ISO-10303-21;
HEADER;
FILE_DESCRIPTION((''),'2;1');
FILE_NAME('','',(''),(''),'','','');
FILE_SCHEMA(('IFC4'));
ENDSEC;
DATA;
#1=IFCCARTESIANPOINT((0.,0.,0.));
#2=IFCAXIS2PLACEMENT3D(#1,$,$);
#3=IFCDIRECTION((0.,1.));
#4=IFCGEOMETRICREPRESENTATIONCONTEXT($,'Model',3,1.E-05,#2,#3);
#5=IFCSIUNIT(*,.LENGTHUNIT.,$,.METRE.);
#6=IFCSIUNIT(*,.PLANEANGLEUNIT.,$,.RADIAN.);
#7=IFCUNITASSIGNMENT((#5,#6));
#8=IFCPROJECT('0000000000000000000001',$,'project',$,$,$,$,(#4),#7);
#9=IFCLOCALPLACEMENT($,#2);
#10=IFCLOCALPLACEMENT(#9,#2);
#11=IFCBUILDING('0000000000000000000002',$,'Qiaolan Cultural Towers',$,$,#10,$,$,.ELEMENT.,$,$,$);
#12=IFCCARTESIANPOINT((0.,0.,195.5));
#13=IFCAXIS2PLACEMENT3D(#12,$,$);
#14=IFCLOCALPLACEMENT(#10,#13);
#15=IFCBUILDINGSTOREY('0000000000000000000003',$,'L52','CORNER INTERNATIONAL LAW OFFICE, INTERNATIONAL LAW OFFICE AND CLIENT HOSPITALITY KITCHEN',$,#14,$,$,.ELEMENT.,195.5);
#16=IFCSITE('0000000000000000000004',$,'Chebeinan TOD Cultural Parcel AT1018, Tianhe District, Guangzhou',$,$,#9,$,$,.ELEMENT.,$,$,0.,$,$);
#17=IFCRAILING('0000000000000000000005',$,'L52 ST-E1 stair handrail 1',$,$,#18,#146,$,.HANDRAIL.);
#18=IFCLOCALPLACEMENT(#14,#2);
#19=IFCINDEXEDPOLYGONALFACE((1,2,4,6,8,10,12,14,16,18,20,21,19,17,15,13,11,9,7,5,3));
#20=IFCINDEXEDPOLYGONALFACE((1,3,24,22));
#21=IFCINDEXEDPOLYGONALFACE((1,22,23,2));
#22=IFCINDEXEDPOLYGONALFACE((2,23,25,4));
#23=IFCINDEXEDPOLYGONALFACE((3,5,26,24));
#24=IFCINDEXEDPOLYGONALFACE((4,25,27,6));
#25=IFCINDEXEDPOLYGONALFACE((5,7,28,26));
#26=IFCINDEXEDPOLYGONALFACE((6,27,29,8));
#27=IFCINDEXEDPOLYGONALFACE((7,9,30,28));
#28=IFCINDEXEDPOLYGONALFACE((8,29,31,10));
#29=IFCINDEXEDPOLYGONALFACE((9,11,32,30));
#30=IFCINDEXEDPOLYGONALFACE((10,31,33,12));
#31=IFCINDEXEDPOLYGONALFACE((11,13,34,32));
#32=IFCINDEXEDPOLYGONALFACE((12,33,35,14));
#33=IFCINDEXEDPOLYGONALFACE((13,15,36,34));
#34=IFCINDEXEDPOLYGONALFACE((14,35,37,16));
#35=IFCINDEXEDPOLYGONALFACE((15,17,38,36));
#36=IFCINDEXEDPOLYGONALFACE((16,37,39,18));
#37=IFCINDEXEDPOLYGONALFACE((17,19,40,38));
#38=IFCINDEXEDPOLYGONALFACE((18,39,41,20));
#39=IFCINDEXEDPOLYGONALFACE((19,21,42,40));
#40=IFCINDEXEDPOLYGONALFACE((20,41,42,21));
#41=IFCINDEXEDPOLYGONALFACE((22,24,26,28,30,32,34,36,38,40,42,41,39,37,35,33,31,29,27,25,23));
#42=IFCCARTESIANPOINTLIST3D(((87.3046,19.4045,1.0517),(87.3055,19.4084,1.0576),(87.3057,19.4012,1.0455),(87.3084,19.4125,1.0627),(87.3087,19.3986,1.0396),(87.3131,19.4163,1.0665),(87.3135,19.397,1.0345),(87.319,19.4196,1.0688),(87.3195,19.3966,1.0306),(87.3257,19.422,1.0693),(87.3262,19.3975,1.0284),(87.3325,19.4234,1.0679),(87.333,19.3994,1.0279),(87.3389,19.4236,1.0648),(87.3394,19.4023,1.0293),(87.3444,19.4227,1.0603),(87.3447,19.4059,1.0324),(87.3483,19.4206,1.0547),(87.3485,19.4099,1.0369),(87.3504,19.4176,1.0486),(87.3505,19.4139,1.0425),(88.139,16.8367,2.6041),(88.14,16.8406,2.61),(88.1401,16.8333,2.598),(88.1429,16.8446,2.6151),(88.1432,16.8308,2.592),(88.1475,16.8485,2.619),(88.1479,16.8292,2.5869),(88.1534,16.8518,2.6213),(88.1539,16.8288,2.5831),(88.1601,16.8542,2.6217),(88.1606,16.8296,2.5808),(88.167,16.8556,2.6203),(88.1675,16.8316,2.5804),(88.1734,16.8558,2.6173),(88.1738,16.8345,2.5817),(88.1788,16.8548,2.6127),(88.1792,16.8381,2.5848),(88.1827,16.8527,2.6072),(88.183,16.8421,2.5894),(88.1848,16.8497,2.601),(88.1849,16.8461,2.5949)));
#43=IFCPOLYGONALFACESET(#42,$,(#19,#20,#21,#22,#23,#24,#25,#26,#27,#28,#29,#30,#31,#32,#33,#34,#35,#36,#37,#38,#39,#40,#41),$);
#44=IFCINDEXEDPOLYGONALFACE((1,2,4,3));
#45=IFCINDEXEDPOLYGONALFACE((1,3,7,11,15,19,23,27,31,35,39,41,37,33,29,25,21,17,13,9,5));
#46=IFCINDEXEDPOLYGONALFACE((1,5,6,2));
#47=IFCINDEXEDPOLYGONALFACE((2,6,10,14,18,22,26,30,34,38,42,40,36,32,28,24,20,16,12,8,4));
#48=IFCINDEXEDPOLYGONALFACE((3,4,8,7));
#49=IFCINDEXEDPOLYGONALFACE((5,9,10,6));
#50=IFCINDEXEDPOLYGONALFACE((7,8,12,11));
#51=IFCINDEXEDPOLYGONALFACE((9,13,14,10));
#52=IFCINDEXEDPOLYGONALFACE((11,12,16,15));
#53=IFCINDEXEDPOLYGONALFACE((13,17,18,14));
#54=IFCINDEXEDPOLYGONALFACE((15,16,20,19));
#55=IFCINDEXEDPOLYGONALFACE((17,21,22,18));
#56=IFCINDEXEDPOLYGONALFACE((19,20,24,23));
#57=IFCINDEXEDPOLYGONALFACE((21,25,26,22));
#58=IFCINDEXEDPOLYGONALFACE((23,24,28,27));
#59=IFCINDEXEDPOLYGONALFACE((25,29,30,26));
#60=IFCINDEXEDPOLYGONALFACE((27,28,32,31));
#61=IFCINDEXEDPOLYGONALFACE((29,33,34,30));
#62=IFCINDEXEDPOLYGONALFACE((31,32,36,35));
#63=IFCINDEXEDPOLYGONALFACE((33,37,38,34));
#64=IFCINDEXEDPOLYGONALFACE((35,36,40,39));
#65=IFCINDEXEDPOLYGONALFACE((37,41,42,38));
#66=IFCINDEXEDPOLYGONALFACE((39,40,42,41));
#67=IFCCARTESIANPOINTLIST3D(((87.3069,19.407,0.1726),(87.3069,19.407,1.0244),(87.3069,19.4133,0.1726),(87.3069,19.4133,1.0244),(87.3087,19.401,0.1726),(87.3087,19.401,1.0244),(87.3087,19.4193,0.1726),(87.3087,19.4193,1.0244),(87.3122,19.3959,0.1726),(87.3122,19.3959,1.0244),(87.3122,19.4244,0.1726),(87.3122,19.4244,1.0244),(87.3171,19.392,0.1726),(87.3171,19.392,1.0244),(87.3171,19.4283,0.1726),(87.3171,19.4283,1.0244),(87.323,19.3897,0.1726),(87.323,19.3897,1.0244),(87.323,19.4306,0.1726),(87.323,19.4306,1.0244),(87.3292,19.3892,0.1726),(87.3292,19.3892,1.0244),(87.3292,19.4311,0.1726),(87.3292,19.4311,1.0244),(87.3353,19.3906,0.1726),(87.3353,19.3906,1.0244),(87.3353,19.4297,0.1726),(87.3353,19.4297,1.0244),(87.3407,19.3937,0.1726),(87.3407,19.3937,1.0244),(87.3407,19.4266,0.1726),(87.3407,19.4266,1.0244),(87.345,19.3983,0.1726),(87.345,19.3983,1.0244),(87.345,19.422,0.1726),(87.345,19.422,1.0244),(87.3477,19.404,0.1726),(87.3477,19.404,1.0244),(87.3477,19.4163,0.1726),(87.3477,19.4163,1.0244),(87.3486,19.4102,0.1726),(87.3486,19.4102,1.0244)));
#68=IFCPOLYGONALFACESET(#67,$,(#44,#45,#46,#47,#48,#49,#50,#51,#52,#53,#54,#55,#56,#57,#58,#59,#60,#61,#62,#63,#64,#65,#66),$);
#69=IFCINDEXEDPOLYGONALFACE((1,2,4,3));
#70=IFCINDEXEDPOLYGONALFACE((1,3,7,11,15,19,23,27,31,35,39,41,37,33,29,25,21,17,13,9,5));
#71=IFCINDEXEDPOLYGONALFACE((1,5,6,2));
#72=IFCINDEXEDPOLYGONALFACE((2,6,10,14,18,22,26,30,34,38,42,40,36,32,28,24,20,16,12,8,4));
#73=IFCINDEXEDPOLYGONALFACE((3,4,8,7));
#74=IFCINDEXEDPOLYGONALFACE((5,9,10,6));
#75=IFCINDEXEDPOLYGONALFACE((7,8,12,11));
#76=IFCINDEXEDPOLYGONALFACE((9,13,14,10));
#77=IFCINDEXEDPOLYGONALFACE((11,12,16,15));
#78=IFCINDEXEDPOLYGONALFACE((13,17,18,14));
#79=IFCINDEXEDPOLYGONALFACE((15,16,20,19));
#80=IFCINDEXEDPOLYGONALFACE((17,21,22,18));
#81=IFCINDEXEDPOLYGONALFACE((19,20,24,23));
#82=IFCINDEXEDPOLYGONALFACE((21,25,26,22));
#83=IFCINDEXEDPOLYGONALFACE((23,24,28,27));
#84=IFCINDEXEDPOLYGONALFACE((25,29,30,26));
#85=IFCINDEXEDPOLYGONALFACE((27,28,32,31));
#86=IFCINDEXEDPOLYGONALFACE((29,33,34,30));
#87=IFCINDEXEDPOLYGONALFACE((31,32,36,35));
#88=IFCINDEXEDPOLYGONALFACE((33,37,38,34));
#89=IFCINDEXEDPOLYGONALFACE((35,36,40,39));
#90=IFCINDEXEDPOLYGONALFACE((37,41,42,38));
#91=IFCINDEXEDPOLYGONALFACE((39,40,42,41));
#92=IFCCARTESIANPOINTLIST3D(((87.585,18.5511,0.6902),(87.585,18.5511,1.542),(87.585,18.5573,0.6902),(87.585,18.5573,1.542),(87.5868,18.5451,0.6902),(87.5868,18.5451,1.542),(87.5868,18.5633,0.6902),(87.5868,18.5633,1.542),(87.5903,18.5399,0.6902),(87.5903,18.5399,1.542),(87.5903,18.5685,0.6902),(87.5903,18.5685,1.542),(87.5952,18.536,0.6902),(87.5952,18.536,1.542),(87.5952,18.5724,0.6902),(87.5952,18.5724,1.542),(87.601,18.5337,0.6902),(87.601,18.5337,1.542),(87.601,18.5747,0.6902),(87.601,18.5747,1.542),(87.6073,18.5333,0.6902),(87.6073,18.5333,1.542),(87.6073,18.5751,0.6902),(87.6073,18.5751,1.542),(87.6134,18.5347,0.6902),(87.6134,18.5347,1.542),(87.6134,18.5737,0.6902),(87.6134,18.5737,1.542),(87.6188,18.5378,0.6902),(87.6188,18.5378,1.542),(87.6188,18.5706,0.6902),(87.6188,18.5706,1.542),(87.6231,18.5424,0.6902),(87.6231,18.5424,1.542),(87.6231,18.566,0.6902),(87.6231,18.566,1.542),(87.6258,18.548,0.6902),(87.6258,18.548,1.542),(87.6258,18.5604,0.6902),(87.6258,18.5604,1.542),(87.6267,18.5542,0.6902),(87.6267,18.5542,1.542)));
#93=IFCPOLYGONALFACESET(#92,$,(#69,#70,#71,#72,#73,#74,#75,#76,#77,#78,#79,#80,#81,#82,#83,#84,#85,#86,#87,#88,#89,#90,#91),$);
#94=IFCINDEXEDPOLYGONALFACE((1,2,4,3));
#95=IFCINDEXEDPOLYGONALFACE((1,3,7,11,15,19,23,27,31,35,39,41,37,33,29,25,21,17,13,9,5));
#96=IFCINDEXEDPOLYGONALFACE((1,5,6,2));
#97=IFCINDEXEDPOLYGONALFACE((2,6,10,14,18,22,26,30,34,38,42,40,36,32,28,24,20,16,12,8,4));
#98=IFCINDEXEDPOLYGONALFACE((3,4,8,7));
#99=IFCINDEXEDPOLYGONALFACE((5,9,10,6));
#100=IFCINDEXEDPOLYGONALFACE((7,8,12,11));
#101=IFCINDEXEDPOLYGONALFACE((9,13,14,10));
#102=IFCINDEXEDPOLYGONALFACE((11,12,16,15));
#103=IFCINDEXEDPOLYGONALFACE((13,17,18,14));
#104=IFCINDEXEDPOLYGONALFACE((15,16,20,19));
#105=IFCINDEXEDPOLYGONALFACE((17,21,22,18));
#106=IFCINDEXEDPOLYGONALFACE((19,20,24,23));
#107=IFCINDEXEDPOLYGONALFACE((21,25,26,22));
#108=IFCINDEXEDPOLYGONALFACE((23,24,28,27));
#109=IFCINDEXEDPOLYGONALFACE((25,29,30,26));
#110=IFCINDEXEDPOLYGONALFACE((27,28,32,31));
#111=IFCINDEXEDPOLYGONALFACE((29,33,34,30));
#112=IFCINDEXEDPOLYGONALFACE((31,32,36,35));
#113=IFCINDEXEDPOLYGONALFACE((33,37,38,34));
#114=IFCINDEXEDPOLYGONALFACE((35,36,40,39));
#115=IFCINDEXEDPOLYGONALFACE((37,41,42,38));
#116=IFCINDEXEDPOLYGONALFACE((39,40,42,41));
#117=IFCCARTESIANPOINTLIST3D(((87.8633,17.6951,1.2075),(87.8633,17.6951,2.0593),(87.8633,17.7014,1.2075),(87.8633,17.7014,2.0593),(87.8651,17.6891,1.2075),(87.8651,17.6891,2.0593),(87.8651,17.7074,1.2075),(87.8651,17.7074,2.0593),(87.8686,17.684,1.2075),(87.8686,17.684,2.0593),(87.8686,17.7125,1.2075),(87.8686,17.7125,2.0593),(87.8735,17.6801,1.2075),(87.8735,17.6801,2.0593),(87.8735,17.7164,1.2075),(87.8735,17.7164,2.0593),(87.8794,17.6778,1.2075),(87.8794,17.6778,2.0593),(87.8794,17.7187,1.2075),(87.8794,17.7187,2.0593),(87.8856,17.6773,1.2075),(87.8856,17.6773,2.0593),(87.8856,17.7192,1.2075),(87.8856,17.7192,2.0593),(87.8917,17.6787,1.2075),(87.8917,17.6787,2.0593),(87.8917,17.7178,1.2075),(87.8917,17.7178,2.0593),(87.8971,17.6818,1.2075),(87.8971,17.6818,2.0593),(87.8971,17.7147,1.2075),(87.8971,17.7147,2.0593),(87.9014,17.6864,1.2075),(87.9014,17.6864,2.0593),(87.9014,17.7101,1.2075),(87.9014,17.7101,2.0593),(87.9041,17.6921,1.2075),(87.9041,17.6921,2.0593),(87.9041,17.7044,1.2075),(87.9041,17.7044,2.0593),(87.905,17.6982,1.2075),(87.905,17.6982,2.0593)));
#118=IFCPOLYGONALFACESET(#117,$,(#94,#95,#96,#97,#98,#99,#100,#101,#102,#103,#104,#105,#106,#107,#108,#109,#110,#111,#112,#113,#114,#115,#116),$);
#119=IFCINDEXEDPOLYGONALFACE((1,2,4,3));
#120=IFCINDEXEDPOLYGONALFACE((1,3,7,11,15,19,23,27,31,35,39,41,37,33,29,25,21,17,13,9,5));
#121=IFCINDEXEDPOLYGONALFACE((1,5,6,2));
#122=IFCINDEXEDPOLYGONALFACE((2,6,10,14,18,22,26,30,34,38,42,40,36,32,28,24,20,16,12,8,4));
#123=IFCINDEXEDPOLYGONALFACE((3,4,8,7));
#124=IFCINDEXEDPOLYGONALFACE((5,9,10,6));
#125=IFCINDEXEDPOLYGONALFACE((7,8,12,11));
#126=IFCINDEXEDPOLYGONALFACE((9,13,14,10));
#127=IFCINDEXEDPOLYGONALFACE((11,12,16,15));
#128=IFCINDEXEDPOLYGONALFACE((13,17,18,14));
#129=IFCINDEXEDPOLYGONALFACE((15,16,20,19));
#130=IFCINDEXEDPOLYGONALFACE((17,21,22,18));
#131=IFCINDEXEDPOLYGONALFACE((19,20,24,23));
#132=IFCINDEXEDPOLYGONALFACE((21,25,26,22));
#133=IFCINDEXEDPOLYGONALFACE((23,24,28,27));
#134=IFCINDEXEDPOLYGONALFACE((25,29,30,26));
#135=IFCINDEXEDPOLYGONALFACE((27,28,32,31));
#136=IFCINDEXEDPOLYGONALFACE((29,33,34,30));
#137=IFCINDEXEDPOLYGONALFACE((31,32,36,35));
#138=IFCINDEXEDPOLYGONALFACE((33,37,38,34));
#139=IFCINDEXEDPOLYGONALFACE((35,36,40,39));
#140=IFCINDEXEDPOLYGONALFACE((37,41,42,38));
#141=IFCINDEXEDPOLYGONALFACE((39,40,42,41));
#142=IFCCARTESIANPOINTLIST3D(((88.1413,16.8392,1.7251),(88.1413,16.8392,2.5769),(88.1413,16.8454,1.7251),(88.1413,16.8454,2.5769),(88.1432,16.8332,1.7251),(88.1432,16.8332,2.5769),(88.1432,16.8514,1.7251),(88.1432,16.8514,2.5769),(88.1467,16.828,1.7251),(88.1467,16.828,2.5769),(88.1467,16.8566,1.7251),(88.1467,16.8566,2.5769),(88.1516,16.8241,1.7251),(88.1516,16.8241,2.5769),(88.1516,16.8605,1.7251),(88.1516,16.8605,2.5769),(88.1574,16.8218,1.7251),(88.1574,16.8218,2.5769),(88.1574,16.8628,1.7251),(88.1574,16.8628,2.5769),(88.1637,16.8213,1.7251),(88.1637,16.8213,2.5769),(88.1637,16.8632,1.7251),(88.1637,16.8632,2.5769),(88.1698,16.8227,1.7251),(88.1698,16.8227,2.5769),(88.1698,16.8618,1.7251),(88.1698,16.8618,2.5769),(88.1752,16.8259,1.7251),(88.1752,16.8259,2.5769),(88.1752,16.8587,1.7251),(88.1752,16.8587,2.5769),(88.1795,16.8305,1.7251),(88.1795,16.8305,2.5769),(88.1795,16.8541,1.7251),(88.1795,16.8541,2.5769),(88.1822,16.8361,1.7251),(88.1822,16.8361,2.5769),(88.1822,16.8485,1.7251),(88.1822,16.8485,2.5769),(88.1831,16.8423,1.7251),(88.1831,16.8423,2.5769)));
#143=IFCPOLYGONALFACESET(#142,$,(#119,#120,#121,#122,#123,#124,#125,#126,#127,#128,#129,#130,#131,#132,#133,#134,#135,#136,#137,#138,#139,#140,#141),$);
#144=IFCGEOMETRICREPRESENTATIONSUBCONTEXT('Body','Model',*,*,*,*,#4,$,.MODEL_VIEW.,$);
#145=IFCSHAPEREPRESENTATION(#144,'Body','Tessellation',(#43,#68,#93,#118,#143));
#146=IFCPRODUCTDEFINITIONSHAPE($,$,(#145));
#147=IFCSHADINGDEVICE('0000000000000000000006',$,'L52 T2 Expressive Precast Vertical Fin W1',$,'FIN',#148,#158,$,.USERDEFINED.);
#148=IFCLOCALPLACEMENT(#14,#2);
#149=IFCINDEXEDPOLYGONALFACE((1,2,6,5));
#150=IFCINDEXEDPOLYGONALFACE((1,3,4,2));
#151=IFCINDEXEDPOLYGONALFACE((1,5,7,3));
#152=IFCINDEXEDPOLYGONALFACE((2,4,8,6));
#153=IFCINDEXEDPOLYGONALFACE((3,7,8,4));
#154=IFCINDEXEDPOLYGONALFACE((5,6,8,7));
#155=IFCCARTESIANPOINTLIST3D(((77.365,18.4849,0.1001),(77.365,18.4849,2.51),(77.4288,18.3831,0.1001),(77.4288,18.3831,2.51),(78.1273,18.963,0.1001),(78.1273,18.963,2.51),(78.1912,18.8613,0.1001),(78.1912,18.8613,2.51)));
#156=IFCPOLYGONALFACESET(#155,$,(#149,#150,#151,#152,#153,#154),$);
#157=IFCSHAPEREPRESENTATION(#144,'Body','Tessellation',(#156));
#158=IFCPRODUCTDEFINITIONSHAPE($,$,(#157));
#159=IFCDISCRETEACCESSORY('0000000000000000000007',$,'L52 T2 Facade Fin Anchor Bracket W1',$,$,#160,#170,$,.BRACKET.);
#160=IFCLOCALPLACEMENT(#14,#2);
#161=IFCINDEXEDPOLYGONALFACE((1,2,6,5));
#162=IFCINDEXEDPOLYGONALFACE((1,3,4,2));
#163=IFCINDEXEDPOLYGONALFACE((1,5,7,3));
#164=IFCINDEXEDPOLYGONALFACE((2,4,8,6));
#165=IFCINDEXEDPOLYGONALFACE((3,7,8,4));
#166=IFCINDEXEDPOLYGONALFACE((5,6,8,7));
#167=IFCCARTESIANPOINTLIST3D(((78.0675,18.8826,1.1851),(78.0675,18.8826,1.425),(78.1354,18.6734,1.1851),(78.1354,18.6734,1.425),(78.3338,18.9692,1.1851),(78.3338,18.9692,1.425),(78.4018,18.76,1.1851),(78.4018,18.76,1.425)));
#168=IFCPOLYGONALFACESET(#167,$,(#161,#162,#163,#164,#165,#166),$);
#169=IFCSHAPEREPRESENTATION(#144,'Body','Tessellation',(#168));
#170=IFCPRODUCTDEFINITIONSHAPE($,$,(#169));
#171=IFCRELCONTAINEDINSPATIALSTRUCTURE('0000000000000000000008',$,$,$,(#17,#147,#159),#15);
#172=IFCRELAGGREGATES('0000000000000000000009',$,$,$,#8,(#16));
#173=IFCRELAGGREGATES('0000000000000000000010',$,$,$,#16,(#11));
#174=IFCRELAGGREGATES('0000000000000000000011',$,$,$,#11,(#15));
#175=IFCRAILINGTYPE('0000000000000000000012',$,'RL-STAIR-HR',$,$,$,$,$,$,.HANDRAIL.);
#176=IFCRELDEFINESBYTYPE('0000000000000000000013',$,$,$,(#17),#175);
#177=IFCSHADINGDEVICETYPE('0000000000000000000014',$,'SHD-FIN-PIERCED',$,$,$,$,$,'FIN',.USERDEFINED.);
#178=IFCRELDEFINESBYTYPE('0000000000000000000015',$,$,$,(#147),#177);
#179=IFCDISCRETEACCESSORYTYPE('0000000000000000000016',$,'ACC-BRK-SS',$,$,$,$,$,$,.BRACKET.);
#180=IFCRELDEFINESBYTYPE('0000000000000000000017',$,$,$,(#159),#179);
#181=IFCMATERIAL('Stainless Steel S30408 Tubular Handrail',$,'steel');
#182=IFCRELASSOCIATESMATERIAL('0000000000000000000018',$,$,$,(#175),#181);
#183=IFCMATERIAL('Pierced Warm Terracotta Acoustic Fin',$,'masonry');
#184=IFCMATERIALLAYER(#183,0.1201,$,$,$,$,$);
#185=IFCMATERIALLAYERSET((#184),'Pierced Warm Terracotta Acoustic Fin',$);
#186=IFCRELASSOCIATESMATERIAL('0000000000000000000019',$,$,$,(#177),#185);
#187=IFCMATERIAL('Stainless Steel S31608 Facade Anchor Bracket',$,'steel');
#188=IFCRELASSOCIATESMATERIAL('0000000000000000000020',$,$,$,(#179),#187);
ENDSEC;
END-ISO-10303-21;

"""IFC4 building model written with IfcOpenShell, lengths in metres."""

from ifc_helpers import new_model, si_unit, direction, frame, origin, origin_2d, place, context, subcontext, project, spatial, rectangle, circle, extrude, material, layer, layer_set, type_object, element, save


model = new_model("IFC4")

# Units and contexts
model_context = context("Model", 3, precision=1e-05, world=origin(), true_north=direction((0.0, 1.0)))
body_context = subcontext(model_context, "Body", "Model", "MODEL_VIEW")
ifc_project = project(units=[si_unit("LENGTHUNIT", "METRE"), si_unit("PLANEANGLEUNIT", "RADIAN")], contexts=[model_context])

# Site, building, storey
site_placement = place(None, origin())
site = spatial("IfcSite", under=ifc_project, at=site_placement, Name="Chebeinan TOD Cultural Parcel AT1018, Tianhe District, Guangzhou", CompositionType="ELEMENT", RefElevation=0.0)
building_placement = place(site_placement, origin())
building = spatial("IfcBuilding", under=site, at=building_placement, Name="Qiaolan Cultural Towers", CompositionType="ELEMENT")
storey_placement = place(building_placement, frame((0.0, 0.0, 195.5)))
storey = spatial("IfcBuildingStorey", under=building, at=storey_placement, Name="L52", Description="CORNER INTERNATIONAL LAW OFFICE, INTERNATIONAL LAW OFFICE AND CLIENT HOSPITALITY KITCHEN", CompositionType="ELEMENT", Elevation=195.5)

# Railing
ifc_material_1 = material(Name="Stainless Steel S30408 Tubular Handrail", Category="steel")
railing_type_1 = type_object("IfcRailingType", Name="RL-STAIR-HR", PredefinedType="HANDRAIL", material=ifc_material_1)
railing_1_placement = place(storey_placement, frame((87.3276, 19.4102, 0.1726)))
element("IfcRailing", 1, at=railing_1_placement, inside=storey, type_object=railing_type_1, Name="L52 ST-E1 stair handrail 1", PredefinedType="HANDRAIL", context=body_context, shape_type="SweptSolid", body=[
    extrude(circle(Radius=0.0239, at=origin_2d()), frame((0.0, 0.0, 0.876), z_axis=(0.267926, -0.824471, 0.498461), x_axis=(0.951043, 0.309057, 0.0)), (0.0, 0.0, 1.0), 3.1145),
    extrude(circle(Radius=0.021, at=origin_2d()), origin(), (0.0, 0.0, 1.0), 0.8518),
    extrude(circle(Radius=0.021, at=origin_2d()), frame((0.2781, -0.856, 0.5176)), (0.0, 0.0, 1.0), 0.8518),
    extrude(circle(Radius=0.021, at=origin_2d()), frame((0.5564, -1.7119, 1.0349)), (0.0, 0.0, 1.0), 0.8518),
    extrude(circle(Radius=0.021, at=origin_2d()), frame((0.8345, -2.5679, 1.5525)), (0.0, 0.0, 1.0), 0.8518),
])

# Shading device
ifc_material_2 = material(Name="Pierced Warm Terracotta Acoustic Fin", Category="masonry")
ifc_layer_1 = layer(ifc_material_2, 0.1201)
ifc_layer_set_1 = layer_set([ifc_layer_1], Name="Pierced Warm Terracotta Acoustic Fin")
shading_device_type = type_object("IfcShadingDeviceType", Name="SHD-FIN-PIERCED", ElementType="FIN", PredefinedType="USERDEFINED", material=ifc_layer_set_1)
shading_device_placement = place(storey_placement, frame((77.7781, 18.6731, 0.1001), z_axis=(0.0, 0.0, 1.0), x_axis=(0.847165, 0.53133, 0.0)))
element("IfcShadingDevice", 2, at=shading_device_placement, inside=storey, type_object=shading_device_type, Name="L52 T2 Expressive Precast Vertical Fin W1", ObjectType="FIN", PredefinedType="USERDEFINED", context=body_context, shape_type="SweptSolid", body=[
    extrude(rectangle(XDim=0.8999, YDim=0.1201, at=origin_2d()), origin(), (0.0, 0.0, 1.0), 2.4099),
])

# Discrete accessory
ifc_material_3 = material(Name="Stainless Steel S31608 Facade Anchor Bracket", Category="steel")
discrete_accessory_type = type_object("IfcDiscreteAccessoryType", Name="ACC-BRK-SS", PredefinedType="BRACKET", material=ifc_material_3)
discrete_accessory_placement = place(storey_placement, frame((78.2346, 18.8213, 1.1851), z_axis=(0.0, 0.0, 1.0), x_axis=(0.951057, 0.309017, 0.0)))
element("IfcDiscreteAccessory", 3, at=discrete_accessory_placement, inside=storey, type_object=discrete_accessory_type, Name="L52 T2 Facade Fin Anchor Bracket W1", PredefinedType="BRACKET", context=body_context, shape_type="SweptSolid", body=[
    extrude(rectangle(XDim=0.28, YDim=0.22, at=origin_2d()), origin(), (0.0, 0.0, 1.0), 0.24),
])

save(model, "model.ifc")
